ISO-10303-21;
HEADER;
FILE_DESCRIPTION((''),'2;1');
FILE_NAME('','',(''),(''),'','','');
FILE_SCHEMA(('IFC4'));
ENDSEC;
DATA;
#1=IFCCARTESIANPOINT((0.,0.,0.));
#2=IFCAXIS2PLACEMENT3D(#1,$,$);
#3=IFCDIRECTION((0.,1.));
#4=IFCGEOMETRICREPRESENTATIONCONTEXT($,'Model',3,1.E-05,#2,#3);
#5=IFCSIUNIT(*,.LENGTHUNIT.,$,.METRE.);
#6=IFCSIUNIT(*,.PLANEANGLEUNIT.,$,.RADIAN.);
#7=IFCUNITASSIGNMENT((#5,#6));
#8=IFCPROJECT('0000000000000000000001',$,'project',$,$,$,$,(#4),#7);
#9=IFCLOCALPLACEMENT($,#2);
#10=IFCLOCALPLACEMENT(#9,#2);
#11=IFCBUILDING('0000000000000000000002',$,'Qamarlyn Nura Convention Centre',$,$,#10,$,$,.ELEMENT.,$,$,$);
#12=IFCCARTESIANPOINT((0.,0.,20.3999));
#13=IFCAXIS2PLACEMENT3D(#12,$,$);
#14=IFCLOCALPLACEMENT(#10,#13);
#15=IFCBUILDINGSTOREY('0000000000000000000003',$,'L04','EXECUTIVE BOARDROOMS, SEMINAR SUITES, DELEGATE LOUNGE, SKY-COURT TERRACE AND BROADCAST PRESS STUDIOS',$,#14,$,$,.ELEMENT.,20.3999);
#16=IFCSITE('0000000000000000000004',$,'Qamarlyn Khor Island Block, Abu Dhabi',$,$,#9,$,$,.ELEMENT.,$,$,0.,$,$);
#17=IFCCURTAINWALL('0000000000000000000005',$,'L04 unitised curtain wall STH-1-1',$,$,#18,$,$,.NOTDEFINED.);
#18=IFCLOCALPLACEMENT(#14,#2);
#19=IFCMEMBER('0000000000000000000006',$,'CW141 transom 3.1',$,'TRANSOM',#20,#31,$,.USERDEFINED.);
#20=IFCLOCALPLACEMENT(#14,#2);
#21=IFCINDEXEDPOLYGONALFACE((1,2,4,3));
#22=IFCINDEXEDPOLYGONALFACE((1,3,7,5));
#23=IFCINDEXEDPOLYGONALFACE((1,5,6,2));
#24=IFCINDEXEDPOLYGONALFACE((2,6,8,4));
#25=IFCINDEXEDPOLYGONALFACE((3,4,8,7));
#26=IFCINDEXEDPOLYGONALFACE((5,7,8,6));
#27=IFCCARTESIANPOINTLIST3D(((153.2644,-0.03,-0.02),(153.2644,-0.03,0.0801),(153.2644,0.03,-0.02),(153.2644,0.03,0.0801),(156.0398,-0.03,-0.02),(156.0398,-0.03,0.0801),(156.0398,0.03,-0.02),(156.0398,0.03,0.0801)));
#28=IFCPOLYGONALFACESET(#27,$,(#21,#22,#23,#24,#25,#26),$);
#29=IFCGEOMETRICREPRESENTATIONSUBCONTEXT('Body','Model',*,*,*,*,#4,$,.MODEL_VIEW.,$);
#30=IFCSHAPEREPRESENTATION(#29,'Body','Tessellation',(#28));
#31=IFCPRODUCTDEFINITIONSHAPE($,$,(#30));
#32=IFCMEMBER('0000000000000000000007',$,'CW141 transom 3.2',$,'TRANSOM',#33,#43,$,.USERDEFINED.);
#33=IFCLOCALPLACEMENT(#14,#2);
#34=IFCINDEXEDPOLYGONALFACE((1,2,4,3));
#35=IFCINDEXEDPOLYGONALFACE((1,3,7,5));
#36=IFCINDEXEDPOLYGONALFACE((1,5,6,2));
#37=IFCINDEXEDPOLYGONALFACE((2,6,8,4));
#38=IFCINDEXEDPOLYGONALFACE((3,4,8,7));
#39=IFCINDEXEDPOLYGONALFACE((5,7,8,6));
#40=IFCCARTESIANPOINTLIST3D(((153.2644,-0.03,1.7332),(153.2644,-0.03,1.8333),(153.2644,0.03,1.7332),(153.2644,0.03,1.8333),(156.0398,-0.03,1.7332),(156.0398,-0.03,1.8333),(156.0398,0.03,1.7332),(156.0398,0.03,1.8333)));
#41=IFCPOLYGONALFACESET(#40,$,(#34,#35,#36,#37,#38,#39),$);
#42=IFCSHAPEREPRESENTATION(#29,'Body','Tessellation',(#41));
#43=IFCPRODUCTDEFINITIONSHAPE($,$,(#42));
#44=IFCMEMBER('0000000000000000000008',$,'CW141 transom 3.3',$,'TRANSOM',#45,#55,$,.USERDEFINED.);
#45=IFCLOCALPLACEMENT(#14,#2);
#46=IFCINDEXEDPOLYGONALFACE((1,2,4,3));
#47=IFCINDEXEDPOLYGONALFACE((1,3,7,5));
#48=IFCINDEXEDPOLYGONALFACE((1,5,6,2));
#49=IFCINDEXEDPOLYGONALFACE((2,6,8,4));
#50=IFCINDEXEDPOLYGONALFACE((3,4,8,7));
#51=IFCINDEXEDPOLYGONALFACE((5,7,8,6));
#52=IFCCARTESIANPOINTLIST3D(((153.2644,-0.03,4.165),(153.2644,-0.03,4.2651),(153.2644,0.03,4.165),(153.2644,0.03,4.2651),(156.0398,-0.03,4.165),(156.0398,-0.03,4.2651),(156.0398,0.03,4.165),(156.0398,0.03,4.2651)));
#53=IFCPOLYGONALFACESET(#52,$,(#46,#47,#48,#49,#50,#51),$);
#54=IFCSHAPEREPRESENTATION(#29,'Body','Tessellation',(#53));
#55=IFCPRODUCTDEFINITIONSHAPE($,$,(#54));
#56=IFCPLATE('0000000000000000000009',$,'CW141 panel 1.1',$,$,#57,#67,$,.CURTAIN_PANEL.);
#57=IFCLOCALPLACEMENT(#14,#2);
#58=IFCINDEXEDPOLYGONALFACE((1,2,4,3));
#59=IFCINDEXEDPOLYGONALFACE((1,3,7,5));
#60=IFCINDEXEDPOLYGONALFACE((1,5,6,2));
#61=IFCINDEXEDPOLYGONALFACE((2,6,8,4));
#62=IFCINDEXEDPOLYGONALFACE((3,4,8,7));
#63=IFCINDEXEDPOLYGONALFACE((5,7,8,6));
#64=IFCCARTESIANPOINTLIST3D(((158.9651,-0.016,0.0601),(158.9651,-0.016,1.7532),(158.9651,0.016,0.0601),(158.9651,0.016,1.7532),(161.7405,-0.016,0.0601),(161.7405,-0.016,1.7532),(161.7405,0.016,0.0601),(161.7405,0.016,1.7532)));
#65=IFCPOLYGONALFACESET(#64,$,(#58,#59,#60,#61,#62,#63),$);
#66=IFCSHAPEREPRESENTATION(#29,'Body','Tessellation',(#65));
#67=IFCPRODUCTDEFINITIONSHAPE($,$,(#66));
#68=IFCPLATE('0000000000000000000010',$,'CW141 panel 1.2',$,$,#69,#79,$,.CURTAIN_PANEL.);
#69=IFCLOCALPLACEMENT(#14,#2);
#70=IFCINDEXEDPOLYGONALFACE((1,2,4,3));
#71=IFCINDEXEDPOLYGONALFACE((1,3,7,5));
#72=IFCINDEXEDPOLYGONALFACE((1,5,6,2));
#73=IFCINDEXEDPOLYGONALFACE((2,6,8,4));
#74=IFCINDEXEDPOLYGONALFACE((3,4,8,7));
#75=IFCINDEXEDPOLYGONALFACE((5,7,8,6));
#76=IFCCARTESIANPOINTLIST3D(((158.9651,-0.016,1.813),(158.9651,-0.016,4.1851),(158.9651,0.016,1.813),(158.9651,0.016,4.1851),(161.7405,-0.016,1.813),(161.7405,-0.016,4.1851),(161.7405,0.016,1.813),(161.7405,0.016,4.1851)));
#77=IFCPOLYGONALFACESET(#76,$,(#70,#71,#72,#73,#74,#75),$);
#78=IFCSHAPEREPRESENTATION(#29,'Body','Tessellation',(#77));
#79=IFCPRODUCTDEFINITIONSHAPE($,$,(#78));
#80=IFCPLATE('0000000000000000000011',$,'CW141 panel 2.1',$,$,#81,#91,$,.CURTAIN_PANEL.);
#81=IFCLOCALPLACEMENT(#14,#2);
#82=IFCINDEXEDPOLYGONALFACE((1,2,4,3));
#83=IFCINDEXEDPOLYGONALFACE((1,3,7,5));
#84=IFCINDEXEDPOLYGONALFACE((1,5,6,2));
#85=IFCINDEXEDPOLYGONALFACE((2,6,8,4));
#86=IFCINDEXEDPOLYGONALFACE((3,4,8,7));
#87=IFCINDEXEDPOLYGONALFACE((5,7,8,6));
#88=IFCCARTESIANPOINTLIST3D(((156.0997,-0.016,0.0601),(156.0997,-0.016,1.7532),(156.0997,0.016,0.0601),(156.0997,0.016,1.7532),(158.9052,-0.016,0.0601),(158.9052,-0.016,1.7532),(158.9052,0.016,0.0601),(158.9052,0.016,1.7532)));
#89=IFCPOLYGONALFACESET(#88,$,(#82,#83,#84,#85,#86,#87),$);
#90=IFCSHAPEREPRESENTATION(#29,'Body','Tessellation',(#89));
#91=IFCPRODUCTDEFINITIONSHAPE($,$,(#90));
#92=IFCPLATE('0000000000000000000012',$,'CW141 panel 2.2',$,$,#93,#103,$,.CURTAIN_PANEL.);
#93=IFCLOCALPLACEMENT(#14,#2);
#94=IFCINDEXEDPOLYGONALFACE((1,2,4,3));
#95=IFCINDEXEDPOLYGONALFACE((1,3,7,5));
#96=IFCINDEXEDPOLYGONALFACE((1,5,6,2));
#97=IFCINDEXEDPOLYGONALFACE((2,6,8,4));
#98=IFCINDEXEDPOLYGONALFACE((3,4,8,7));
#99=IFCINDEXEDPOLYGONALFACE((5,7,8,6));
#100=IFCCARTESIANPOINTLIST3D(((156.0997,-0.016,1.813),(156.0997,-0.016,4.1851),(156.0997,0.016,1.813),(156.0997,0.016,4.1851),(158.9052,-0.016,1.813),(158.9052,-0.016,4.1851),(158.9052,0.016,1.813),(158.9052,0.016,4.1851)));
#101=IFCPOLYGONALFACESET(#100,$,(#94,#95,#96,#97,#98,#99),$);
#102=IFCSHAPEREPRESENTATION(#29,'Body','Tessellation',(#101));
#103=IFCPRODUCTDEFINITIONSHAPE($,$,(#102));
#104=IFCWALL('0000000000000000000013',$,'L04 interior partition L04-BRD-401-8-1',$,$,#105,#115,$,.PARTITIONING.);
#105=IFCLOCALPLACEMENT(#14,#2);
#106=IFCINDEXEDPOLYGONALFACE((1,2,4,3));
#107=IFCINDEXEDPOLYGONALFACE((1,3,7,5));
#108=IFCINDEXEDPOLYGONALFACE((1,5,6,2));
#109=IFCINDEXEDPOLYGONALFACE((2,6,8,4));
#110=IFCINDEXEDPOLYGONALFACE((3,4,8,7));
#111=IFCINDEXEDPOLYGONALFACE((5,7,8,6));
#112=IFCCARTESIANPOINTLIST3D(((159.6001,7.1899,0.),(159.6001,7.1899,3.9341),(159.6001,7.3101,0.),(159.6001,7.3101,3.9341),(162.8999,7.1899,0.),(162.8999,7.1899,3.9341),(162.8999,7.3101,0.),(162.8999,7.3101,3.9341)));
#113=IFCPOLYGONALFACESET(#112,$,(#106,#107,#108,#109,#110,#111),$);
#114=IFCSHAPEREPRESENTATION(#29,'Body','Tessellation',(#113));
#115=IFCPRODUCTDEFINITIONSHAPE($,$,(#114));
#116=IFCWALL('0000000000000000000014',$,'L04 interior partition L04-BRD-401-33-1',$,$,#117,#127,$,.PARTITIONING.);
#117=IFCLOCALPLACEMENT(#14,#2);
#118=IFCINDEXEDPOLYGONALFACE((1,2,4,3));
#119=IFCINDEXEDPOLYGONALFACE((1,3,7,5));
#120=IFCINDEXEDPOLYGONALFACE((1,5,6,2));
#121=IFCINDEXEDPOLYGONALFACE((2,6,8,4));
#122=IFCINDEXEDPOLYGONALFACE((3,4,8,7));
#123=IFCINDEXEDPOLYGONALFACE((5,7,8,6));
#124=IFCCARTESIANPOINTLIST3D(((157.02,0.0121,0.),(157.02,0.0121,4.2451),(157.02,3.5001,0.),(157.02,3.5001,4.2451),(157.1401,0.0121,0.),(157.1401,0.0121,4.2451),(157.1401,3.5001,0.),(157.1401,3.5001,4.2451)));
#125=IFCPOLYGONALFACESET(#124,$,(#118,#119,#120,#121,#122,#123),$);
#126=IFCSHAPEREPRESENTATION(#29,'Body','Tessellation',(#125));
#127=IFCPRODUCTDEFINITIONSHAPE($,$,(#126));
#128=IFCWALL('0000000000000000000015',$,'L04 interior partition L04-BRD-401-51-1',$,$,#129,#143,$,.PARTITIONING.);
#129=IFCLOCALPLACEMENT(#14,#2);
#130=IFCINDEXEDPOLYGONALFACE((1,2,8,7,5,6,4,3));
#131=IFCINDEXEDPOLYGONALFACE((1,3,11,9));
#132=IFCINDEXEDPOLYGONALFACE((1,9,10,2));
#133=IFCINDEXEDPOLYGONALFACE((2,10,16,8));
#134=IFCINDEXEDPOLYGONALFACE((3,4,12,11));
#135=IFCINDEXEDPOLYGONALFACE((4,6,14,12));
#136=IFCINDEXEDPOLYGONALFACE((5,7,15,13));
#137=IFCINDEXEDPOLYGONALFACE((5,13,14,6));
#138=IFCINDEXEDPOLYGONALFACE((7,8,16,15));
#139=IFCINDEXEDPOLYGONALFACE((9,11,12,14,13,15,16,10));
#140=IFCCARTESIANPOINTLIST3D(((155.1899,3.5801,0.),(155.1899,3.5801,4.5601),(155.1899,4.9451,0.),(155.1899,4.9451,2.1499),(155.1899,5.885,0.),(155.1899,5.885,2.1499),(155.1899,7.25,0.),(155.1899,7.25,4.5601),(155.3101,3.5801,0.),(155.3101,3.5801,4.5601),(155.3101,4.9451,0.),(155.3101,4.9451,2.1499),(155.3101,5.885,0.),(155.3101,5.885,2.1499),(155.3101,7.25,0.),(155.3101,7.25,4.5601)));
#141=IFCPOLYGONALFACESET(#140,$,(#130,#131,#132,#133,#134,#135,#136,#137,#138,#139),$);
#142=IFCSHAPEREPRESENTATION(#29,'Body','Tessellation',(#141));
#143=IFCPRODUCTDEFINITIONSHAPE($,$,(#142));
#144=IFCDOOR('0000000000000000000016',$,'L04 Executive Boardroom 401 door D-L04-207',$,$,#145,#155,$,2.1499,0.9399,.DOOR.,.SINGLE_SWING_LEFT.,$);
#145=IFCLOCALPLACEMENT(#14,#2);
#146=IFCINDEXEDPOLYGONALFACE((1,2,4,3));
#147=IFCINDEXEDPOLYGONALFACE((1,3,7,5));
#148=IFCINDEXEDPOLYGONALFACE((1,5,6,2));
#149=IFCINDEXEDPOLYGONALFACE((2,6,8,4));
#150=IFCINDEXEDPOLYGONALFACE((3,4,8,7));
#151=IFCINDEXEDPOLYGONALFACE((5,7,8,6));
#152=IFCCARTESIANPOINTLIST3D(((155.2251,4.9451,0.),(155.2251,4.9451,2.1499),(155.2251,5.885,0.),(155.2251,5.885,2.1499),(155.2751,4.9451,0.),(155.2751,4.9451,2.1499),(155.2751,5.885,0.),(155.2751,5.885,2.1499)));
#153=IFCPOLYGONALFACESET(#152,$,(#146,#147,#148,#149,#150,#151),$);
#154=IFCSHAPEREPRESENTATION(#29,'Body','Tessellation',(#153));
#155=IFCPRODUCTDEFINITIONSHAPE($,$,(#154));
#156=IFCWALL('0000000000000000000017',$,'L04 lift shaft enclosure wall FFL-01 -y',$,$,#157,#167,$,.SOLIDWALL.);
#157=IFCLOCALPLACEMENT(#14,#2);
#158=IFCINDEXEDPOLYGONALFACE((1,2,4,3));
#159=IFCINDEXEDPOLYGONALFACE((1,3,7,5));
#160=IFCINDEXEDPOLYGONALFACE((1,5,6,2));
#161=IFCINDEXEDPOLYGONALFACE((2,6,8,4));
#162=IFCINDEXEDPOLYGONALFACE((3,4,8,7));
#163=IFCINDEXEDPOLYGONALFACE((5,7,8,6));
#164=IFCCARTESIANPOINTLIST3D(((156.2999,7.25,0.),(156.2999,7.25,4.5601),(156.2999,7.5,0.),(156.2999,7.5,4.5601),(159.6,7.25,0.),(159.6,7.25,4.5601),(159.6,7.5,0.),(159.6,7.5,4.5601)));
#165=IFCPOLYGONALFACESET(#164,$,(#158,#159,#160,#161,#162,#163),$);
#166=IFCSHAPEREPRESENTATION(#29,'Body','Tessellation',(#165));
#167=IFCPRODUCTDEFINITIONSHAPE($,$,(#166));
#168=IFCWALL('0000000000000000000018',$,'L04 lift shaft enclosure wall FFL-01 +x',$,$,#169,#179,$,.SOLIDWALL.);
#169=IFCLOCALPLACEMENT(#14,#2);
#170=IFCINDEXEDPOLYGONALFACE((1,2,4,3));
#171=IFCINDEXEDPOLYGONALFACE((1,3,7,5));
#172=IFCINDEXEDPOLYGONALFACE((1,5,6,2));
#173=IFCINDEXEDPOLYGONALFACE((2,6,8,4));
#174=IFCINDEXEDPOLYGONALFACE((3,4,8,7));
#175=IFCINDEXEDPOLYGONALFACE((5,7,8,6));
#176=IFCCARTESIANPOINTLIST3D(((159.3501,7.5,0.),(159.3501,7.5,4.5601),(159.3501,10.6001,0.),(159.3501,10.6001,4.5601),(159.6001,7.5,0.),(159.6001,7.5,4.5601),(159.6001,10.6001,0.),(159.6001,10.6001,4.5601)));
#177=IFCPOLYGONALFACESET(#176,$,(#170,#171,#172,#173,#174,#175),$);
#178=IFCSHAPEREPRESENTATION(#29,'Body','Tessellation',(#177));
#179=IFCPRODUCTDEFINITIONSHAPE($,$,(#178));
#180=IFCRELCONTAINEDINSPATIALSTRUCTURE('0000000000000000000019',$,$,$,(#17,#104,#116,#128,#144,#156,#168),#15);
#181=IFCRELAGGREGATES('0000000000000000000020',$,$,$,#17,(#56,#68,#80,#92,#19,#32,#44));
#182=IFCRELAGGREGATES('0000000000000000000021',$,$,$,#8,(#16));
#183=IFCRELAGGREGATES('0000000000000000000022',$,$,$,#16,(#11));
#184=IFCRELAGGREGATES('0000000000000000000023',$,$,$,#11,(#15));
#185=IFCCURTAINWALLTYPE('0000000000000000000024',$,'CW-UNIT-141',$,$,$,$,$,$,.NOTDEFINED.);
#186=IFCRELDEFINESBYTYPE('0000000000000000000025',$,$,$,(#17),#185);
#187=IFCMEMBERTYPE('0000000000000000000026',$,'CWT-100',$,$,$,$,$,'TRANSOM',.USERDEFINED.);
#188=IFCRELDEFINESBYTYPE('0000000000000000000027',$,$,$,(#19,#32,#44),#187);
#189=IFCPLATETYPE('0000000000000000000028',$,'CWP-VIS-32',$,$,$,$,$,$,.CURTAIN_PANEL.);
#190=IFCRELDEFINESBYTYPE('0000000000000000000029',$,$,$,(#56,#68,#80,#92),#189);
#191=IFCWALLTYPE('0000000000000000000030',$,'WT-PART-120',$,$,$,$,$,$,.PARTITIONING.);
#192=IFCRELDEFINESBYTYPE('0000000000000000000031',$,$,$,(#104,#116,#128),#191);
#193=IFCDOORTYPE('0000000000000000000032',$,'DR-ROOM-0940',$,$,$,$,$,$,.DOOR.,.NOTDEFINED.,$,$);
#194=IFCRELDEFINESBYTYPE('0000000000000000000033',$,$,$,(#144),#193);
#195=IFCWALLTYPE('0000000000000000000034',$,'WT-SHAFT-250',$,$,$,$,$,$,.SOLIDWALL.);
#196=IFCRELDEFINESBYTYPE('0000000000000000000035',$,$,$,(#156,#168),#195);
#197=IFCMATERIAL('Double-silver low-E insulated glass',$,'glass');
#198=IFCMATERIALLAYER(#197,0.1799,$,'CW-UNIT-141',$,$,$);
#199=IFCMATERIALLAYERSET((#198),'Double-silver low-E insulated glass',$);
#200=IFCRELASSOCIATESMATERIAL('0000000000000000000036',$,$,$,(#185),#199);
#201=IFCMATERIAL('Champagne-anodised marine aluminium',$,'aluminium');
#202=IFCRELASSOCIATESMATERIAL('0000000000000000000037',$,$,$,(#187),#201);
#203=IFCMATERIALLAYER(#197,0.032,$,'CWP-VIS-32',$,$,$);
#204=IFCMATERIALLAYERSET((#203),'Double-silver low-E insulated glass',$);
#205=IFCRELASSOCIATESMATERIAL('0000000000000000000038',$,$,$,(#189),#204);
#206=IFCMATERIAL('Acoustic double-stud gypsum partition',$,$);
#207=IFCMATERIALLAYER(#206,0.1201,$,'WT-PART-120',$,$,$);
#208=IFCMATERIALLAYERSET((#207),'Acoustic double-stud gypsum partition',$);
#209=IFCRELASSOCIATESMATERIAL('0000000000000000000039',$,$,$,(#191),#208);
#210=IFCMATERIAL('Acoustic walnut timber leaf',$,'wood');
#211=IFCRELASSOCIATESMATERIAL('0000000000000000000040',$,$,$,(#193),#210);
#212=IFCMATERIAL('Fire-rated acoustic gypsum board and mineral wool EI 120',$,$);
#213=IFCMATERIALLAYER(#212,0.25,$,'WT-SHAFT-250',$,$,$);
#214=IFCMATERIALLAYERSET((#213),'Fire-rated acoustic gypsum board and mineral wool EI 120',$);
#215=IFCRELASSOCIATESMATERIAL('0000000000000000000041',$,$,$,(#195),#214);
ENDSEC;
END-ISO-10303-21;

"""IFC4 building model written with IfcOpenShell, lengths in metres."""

from ifc_helpers import new_model, si_unit, direction, frame, frame_2d, origin, origin_2d, place, context, subcontext, project, spatial, rectangle, extrude, material, layer, layer_set, material_profile, profile_set, type_object, element, fill, aggregate, save


model = new_model("IFC4")

# Units and contexts
model_context = context("Model", 3, precision=1e-05, world=origin(), true_north=direction((0.0, 1.0)))
body_context = subcontext(model_context, "Body", "Model", "MODEL_VIEW")
ifc_project = project(units=[si_unit("LENGTHUNIT", "METRE"), si_unit("PLANEANGLEUNIT", "RADIAN")], contexts=[model_context])

# Site, building, storey
site_placement = place(None, origin())
site = spatial("IfcSite", under=ifc_project, at=site_placement, Name="Qamarlyn Khor Island Block, Abu Dhabi", CompositionType="ELEMENT", RefElevation=0.0)
building_placement = place(site_placement, origin())
building = spatial("IfcBuilding", under=site, at=building_placement, Name="Qamarlyn Nura Convention Centre", CompositionType="ELEMENT")
storey_placement = place(building_placement, frame((0.0, 0.0, 20.3999)))
storey = spatial("IfcBuildingStorey", under=building, at=storey_placement, Name="L04", Description="EXECUTIVE BOARDROOMS, SEMINAR SUITES, DELEGATE LOUNGE, SKY-COURT TERRACE AND BROADCAST PRESS STUDIOS", CompositionType="ELEMENT", Elevation=20.3999)

# Curtain wall, members, plates
ifc_material_1 = material(Name="Double-silver low-E insulated glass", Category="glass")
ifc_layer_1 = layer(ifc_material_1, 0.1799, Name="CW-UNIT-141")
ifc_layer_set_1 = layer_set([ifc_layer_1], Name="Double-silver low-E insulated glass")
curtain_wall_type = type_object("IfcCurtainWallType", Name="CW-UNIT-141", PredefinedType="NOTDEFINED", material=ifc_layer_set_1)
curtain_wall_placement = place(storey_placement, origin())
curtain_wall = element("IfcCurtainWall", 1, at=curtain_wall_placement, inside=storey, type_object=curtain_wall_type, Name="L04 unitised curtain wall STH-1-1", PredefinedType="NOTDEFINED")
ifc_material_2 = material(Name="Champagne-anodised marine aluminium", Category="aluminium")
ifc_material_profile_1 = material_profile(ifc_material_2, rectangle(XDim=0.0601, YDim=0.1001, at=origin_2d()), Name="ALU TRANSOM 60x100")
ifc_profile_set_1 = profile_set([ifc_material_profile_1], Name="Champagne-anodised marine aluminium")
member_type_1 = type_object("IfcMemberType", Name="CWT-100", ElementType="TRANSOM", PredefinedType="USERDEFINED", material=ifc_profile_set_1)
member_1_placement = place(storey_placement, frame((156.0398, 0.0, 0.03), z_axis=(-1.0, 0.0, 0.0), x_axis=(0.0, -1.0, 0.0)))
member_1 = element("IfcMember", 2, at=member_1_placement, type_object=member_type_1, Name="CW141 transom 3.1", ObjectType="TRANSOM", PredefinedType="USERDEFINED", context=body_context, shape_type="SweptSolid", body=[
    extrude(rectangle(XDim=0.0601, YDim=0.1001, at=origin_2d()), origin(), (0.0, 0.0, 1.0), 2.7754),
])
member_2_placement = place(storey_placement, frame((156.0398, 0.0, 1.7832), z_axis=(-1.0, 0.0, 0.0), x_axis=(0.0, -1.0, 0.0)))
member_2 = element("IfcMember", 3, at=member_2_placement, type_object=member_type_1, Name="CW141 transom 3.2", ObjectType="TRANSOM", PredefinedType="USERDEFINED", context=body_context, shape_type="SweptSolid", body=[
    extrude(rectangle(XDim=0.0601, YDim=0.1001, at=origin_2d()), origin(), (0.0, 0.0, 1.0), 2.7754),
])
member_3_placement = place(storey_placement, frame((156.0398, 0.0, 4.2151), z_axis=(-1.0, 0.0, 0.0), x_axis=(0.0, -1.0, 0.0)))
member_3 = element("IfcMember", 4, at=member_3_placement, type_object=member_type_1, Name="CW141 transom 3.3", ObjectType="TRANSOM", PredefinedType="USERDEFINED", context=body_context, shape_type="SweptSolid", body=[
    extrude(rectangle(XDim=0.0601, YDim=0.1001, at=origin_2d()), origin(), (0.0, 0.0, 1.0), 2.7754),
])
ifc_layer_2 = layer(ifc_material_1, 0.032, Name="CWP-VIS-32")
ifc_layer_set_2 = layer_set([ifc_layer_2], Name="Double-silver low-E insulated glass")
plate_type = type_object("IfcPlateType", Name="CWP-VIS-32", PredefinedType="CURTAIN_PANEL", material=ifc_layer_set_2)
plate_1_placement = place(storey_placement, frame((160.3528, 0.0, 0.0601), z_axis=(0.0, 0.0, 1.0), x_axis=(-1.0, 0.0, 0.0)))
plate_1 = element("IfcPlate", 5, at=plate_1_placement, type_object=plate_type, Name="CW141 panel 1.1", PredefinedType="CURTAIN_PANEL", context=body_context, shape_type="SweptSolid", body=[
    extrude(rectangle(XDim=2.7754, YDim=0.032, at=origin_2d()), origin(), (0.0, 0.0, 1.0), 1.6931),
])
plate_2_placement = place(storey_placement, frame((160.3528, 0.0, 1.813), z_axis=(0.0, 0.0, 1.0), x_axis=(-1.0, 0.0, 0.0)))
plate_2 = element("IfcPlate", 6, at=plate_2_placement, type_object=plate_type, Name="CW141 panel 1.2", PredefinedType="CURTAIN_PANEL", context=body_context, shape_type="SweptSolid", body=[
    extrude(rectangle(XDim=2.7754, YDim=0.032, at=origin_2d()), origin(), (0.0, 0.0, 1.0), 2.3721),
])
plate_3_placement = place(storey_placement, frame((157.5024, 0.0, 0.0601), z_axis=(0.0, 0.0, 1.0), x_axis=(-1.0, 0.0, 0.0)))
plate_3 = element("IfcPlate", 7, at=plate_3_placement, type_object=plate_type, Name="CW141 panel 2.1", PredefinedType="CURTAIN_PANEL", context=body_context, shape_type="SweptSolid", body=[
    extrude(rectangle(XDim=2.8054, YDim=0.032, at=origin_2d()), origin(), (0.0, 0.0, 1.0), 1.6931),
])
plate_4_placement = place(storey_placement, frame((157.5024, 0.0, 1.813), z_axis=(0.0, 0.0, 1.0), x_axis=(-1.0, 0.0, 0.0)))
plate_4 = element("IfcPlate", 8, at=plate_4_placement, type_object=plate_type, Name="CW141 panel 2.2", PredefinedType="CURTAIN_PANEL", context=body_context, shape_type="SweptSolid", body=[
    extrude(rectangle(XDim=2.8054, YDim=0.032, at=origin_2d()), origin(), (0.0, 0.0, 1.0), 2.3721),
])
aggregate(curtain_wall, [plate_1, plate_2, plate_3, plate_4, member_1, member_2, member_3])

# Walls
ifc_material_3 = material(Name="Acoustic double-stud gypsum partition")
ifc_layer_3 = layer(ifc_material_3, 0.1201, Name="WT-PART-120")
ifc_layer_set_3 = layer_set([ifc_layer_3], Name="Acoustic double-stud gypsum partition")
wall_type_1 = type_object("IfcWallType", Name="WT-PART-120", PredefinedType="PARTITIONING", material=ifc_layer_set_3)
wall_1_placement = place(storey_placement, frame((159.6001, 7.25, 0.0), z_axis=(0.0, 0.0, 1.0), x_axis=(1.0, 0.0, 0.0)))
element("IfcWall", 9, at=wall_1_placement, inside=storey, type_object=wall_type_1, Name="L04 interior partition L04-BRD-401-8-1", PredefinedType="PARTITIONING", context=body_context, shape_type="SweptSolid", body=[
    extrude(rectangle(XDim=3.2998, YDim=0.1201, at=frame_2d((1.6499, 0.0))), origin(), (0.0, 0.0, 1.0), 3.9341),
])
wall_2_placement = place(storey_placement, frame((157.0801, 0.012, 0.0), z_axis=(0.0, 0.0, 1.0), x_axis=(0.0, 1.0, 0.0)))
element("IfcWall", 10, at=wall_2_placement, inside=storey, type_object=wall_type_1, Name="L04 interior partition L04-BRD-401-33-1", PredefinedType="PARTITIONING", context=body_context, shape_type="SweptSolid", body=[
    extrude(rectangle(XDim=3.488, YDim=0.1201, at=frame_2d((1.7441, 0.0))), origin(), (0.0, 0.0, 1.0), 4.2451),
])

# Wall, opening, door
wall_3_placement = place(storey_placement, frame((155.25, 3.5801, 0.0), z_axis=(0.0, 0.0, 1.0), x_axis=(0.0, 1.0, 0.0)))
wall_3 = element("IfcWall", 11, at=wall_3_placement, inside=storey, type_object=wall_type_1, Name="L04 interior partition L04-BRD-401-51-1", PredefinedType="PARTITIONING", context=body_context, shape_type="SweptSolid", body=[
    extrude(rectangle(XDim=3.6699, YDim=0.1201, at=frame_2d((1.835, 0.0))), origin(), (0.0, 0.0, 1.0), 4.5601),
])
opening_placement = place(wall_3_placement, frame((1.365, 0.0, 0.0)))
opening = element("IfcOpeningElement", 12, at=opening_placement, cuts=wall_3, PredefinedType="OPENING", context=body_context, shape_type="SweptSolid", body=[
    extrude(rectangle(XDim=0.9399, YDim=2.1499, at=frame_2d((0.47, 1.075))), frame((0.0, 0.0701, 0.0), z_axis=(0.0, -1.0, 0.0), x_axis=(1.0, 0.0, 0.0)), (0.0, 0.0, 1.0), 0.1401),
])
ifc_material_4 = material(Name="Acoustic walnut timber leaf", Category="wood")
door_type = type_object("IfcDoorType", Name="DR-ROOM-0940", OperationType="NOTDEFINED", PredefinedType="DOOR", material=ifc_material_4)
door_placement = place(opening_placement, origin())
door = element("IfcDoor", 13, at=door_placement, inside=storey, type_object=door_type, Name="L04 Executive Boardroom 401 door D-L04-207", OperationType="SINGLE_SWING_LEFT", OverallHeight=2.1499, OverallWidth=0.9399, PredefinedType="DOOR", context=body_context, shape_type="SweptSolid", body=[
    extrude(rectangle(XDim=0.9399, YDim=2.1499, at=frame_2d((0.47, 1.075))), frame((0.0, 0.0249, 0.0), z_axis=(0.0, -1.0, 0.0), x_axis=(1.0, 0.0, 0.0)), (0.0, 0.0, 1.0), 0.05),
])
fill(opening, door)

# Walls
ifc_material_5 = material(Name="Fire-rated acoustic gypsum board and mineral wool EI 120")
ifc_layer_4 = layer(ifc_material_5, 0.25, Name="WT-SHAFT-250")
ifc_layer_set_4 = layer_set([ifc_layer_4], Name="Fire-rated acoustic gypsum board and mineral wool EI 120")
wall_type_2 = type_object("IfcWallType", Name="WT-SHAFT-250", PredefinedType="SOLIDWALL", material=ifc_layer_set_4)
wall_4_placement = place(storey_placement, frame((156.3, 7.375, 0.0), z_axis=(0.0, 0.0, 1.0), x_axis=(1.0, 0.0, 0.0)))
element("IfcWall", 14, at=wall_4_placement, inside=storey, type_object=wall_type_2, Name="L04 lift shaft enclosure wall FFL-01 -y", PredefinedType="SOLIDWALL", context=body_context, shape_type="SweptSolid", body=[
    extrude(rectangle(XDim=3.3, YDim=0.25, at=frame_2d((1.6499, 0.0))), origin(), (0.0, 0.0, 1.0), 4.5601),
])
wall_5_placement = place(storey_placement, frame((159.4751, 7.5, 0.0), z_axis=(0.0, 0.0, 1.0), x_axis=(0.0, 1.0, 0.0)))
element("IfcWall", 15, at=wall_5_placement, inside=storey, type_object=wall_type_2, Name="L04 lift shaft enclosure wall FFL-01 +x", PredefinedType="SOLIDWALL", context=body_context, shape_type="SweptSolid", body=[
    extrude(rectangle(XDim=3.1001, YDim=0.25, at=frame_2d((1.55, 0.0))), origin(), (0.0, 0.0, 1.0), 4.5601),
])

save(model, "model.ifc")
